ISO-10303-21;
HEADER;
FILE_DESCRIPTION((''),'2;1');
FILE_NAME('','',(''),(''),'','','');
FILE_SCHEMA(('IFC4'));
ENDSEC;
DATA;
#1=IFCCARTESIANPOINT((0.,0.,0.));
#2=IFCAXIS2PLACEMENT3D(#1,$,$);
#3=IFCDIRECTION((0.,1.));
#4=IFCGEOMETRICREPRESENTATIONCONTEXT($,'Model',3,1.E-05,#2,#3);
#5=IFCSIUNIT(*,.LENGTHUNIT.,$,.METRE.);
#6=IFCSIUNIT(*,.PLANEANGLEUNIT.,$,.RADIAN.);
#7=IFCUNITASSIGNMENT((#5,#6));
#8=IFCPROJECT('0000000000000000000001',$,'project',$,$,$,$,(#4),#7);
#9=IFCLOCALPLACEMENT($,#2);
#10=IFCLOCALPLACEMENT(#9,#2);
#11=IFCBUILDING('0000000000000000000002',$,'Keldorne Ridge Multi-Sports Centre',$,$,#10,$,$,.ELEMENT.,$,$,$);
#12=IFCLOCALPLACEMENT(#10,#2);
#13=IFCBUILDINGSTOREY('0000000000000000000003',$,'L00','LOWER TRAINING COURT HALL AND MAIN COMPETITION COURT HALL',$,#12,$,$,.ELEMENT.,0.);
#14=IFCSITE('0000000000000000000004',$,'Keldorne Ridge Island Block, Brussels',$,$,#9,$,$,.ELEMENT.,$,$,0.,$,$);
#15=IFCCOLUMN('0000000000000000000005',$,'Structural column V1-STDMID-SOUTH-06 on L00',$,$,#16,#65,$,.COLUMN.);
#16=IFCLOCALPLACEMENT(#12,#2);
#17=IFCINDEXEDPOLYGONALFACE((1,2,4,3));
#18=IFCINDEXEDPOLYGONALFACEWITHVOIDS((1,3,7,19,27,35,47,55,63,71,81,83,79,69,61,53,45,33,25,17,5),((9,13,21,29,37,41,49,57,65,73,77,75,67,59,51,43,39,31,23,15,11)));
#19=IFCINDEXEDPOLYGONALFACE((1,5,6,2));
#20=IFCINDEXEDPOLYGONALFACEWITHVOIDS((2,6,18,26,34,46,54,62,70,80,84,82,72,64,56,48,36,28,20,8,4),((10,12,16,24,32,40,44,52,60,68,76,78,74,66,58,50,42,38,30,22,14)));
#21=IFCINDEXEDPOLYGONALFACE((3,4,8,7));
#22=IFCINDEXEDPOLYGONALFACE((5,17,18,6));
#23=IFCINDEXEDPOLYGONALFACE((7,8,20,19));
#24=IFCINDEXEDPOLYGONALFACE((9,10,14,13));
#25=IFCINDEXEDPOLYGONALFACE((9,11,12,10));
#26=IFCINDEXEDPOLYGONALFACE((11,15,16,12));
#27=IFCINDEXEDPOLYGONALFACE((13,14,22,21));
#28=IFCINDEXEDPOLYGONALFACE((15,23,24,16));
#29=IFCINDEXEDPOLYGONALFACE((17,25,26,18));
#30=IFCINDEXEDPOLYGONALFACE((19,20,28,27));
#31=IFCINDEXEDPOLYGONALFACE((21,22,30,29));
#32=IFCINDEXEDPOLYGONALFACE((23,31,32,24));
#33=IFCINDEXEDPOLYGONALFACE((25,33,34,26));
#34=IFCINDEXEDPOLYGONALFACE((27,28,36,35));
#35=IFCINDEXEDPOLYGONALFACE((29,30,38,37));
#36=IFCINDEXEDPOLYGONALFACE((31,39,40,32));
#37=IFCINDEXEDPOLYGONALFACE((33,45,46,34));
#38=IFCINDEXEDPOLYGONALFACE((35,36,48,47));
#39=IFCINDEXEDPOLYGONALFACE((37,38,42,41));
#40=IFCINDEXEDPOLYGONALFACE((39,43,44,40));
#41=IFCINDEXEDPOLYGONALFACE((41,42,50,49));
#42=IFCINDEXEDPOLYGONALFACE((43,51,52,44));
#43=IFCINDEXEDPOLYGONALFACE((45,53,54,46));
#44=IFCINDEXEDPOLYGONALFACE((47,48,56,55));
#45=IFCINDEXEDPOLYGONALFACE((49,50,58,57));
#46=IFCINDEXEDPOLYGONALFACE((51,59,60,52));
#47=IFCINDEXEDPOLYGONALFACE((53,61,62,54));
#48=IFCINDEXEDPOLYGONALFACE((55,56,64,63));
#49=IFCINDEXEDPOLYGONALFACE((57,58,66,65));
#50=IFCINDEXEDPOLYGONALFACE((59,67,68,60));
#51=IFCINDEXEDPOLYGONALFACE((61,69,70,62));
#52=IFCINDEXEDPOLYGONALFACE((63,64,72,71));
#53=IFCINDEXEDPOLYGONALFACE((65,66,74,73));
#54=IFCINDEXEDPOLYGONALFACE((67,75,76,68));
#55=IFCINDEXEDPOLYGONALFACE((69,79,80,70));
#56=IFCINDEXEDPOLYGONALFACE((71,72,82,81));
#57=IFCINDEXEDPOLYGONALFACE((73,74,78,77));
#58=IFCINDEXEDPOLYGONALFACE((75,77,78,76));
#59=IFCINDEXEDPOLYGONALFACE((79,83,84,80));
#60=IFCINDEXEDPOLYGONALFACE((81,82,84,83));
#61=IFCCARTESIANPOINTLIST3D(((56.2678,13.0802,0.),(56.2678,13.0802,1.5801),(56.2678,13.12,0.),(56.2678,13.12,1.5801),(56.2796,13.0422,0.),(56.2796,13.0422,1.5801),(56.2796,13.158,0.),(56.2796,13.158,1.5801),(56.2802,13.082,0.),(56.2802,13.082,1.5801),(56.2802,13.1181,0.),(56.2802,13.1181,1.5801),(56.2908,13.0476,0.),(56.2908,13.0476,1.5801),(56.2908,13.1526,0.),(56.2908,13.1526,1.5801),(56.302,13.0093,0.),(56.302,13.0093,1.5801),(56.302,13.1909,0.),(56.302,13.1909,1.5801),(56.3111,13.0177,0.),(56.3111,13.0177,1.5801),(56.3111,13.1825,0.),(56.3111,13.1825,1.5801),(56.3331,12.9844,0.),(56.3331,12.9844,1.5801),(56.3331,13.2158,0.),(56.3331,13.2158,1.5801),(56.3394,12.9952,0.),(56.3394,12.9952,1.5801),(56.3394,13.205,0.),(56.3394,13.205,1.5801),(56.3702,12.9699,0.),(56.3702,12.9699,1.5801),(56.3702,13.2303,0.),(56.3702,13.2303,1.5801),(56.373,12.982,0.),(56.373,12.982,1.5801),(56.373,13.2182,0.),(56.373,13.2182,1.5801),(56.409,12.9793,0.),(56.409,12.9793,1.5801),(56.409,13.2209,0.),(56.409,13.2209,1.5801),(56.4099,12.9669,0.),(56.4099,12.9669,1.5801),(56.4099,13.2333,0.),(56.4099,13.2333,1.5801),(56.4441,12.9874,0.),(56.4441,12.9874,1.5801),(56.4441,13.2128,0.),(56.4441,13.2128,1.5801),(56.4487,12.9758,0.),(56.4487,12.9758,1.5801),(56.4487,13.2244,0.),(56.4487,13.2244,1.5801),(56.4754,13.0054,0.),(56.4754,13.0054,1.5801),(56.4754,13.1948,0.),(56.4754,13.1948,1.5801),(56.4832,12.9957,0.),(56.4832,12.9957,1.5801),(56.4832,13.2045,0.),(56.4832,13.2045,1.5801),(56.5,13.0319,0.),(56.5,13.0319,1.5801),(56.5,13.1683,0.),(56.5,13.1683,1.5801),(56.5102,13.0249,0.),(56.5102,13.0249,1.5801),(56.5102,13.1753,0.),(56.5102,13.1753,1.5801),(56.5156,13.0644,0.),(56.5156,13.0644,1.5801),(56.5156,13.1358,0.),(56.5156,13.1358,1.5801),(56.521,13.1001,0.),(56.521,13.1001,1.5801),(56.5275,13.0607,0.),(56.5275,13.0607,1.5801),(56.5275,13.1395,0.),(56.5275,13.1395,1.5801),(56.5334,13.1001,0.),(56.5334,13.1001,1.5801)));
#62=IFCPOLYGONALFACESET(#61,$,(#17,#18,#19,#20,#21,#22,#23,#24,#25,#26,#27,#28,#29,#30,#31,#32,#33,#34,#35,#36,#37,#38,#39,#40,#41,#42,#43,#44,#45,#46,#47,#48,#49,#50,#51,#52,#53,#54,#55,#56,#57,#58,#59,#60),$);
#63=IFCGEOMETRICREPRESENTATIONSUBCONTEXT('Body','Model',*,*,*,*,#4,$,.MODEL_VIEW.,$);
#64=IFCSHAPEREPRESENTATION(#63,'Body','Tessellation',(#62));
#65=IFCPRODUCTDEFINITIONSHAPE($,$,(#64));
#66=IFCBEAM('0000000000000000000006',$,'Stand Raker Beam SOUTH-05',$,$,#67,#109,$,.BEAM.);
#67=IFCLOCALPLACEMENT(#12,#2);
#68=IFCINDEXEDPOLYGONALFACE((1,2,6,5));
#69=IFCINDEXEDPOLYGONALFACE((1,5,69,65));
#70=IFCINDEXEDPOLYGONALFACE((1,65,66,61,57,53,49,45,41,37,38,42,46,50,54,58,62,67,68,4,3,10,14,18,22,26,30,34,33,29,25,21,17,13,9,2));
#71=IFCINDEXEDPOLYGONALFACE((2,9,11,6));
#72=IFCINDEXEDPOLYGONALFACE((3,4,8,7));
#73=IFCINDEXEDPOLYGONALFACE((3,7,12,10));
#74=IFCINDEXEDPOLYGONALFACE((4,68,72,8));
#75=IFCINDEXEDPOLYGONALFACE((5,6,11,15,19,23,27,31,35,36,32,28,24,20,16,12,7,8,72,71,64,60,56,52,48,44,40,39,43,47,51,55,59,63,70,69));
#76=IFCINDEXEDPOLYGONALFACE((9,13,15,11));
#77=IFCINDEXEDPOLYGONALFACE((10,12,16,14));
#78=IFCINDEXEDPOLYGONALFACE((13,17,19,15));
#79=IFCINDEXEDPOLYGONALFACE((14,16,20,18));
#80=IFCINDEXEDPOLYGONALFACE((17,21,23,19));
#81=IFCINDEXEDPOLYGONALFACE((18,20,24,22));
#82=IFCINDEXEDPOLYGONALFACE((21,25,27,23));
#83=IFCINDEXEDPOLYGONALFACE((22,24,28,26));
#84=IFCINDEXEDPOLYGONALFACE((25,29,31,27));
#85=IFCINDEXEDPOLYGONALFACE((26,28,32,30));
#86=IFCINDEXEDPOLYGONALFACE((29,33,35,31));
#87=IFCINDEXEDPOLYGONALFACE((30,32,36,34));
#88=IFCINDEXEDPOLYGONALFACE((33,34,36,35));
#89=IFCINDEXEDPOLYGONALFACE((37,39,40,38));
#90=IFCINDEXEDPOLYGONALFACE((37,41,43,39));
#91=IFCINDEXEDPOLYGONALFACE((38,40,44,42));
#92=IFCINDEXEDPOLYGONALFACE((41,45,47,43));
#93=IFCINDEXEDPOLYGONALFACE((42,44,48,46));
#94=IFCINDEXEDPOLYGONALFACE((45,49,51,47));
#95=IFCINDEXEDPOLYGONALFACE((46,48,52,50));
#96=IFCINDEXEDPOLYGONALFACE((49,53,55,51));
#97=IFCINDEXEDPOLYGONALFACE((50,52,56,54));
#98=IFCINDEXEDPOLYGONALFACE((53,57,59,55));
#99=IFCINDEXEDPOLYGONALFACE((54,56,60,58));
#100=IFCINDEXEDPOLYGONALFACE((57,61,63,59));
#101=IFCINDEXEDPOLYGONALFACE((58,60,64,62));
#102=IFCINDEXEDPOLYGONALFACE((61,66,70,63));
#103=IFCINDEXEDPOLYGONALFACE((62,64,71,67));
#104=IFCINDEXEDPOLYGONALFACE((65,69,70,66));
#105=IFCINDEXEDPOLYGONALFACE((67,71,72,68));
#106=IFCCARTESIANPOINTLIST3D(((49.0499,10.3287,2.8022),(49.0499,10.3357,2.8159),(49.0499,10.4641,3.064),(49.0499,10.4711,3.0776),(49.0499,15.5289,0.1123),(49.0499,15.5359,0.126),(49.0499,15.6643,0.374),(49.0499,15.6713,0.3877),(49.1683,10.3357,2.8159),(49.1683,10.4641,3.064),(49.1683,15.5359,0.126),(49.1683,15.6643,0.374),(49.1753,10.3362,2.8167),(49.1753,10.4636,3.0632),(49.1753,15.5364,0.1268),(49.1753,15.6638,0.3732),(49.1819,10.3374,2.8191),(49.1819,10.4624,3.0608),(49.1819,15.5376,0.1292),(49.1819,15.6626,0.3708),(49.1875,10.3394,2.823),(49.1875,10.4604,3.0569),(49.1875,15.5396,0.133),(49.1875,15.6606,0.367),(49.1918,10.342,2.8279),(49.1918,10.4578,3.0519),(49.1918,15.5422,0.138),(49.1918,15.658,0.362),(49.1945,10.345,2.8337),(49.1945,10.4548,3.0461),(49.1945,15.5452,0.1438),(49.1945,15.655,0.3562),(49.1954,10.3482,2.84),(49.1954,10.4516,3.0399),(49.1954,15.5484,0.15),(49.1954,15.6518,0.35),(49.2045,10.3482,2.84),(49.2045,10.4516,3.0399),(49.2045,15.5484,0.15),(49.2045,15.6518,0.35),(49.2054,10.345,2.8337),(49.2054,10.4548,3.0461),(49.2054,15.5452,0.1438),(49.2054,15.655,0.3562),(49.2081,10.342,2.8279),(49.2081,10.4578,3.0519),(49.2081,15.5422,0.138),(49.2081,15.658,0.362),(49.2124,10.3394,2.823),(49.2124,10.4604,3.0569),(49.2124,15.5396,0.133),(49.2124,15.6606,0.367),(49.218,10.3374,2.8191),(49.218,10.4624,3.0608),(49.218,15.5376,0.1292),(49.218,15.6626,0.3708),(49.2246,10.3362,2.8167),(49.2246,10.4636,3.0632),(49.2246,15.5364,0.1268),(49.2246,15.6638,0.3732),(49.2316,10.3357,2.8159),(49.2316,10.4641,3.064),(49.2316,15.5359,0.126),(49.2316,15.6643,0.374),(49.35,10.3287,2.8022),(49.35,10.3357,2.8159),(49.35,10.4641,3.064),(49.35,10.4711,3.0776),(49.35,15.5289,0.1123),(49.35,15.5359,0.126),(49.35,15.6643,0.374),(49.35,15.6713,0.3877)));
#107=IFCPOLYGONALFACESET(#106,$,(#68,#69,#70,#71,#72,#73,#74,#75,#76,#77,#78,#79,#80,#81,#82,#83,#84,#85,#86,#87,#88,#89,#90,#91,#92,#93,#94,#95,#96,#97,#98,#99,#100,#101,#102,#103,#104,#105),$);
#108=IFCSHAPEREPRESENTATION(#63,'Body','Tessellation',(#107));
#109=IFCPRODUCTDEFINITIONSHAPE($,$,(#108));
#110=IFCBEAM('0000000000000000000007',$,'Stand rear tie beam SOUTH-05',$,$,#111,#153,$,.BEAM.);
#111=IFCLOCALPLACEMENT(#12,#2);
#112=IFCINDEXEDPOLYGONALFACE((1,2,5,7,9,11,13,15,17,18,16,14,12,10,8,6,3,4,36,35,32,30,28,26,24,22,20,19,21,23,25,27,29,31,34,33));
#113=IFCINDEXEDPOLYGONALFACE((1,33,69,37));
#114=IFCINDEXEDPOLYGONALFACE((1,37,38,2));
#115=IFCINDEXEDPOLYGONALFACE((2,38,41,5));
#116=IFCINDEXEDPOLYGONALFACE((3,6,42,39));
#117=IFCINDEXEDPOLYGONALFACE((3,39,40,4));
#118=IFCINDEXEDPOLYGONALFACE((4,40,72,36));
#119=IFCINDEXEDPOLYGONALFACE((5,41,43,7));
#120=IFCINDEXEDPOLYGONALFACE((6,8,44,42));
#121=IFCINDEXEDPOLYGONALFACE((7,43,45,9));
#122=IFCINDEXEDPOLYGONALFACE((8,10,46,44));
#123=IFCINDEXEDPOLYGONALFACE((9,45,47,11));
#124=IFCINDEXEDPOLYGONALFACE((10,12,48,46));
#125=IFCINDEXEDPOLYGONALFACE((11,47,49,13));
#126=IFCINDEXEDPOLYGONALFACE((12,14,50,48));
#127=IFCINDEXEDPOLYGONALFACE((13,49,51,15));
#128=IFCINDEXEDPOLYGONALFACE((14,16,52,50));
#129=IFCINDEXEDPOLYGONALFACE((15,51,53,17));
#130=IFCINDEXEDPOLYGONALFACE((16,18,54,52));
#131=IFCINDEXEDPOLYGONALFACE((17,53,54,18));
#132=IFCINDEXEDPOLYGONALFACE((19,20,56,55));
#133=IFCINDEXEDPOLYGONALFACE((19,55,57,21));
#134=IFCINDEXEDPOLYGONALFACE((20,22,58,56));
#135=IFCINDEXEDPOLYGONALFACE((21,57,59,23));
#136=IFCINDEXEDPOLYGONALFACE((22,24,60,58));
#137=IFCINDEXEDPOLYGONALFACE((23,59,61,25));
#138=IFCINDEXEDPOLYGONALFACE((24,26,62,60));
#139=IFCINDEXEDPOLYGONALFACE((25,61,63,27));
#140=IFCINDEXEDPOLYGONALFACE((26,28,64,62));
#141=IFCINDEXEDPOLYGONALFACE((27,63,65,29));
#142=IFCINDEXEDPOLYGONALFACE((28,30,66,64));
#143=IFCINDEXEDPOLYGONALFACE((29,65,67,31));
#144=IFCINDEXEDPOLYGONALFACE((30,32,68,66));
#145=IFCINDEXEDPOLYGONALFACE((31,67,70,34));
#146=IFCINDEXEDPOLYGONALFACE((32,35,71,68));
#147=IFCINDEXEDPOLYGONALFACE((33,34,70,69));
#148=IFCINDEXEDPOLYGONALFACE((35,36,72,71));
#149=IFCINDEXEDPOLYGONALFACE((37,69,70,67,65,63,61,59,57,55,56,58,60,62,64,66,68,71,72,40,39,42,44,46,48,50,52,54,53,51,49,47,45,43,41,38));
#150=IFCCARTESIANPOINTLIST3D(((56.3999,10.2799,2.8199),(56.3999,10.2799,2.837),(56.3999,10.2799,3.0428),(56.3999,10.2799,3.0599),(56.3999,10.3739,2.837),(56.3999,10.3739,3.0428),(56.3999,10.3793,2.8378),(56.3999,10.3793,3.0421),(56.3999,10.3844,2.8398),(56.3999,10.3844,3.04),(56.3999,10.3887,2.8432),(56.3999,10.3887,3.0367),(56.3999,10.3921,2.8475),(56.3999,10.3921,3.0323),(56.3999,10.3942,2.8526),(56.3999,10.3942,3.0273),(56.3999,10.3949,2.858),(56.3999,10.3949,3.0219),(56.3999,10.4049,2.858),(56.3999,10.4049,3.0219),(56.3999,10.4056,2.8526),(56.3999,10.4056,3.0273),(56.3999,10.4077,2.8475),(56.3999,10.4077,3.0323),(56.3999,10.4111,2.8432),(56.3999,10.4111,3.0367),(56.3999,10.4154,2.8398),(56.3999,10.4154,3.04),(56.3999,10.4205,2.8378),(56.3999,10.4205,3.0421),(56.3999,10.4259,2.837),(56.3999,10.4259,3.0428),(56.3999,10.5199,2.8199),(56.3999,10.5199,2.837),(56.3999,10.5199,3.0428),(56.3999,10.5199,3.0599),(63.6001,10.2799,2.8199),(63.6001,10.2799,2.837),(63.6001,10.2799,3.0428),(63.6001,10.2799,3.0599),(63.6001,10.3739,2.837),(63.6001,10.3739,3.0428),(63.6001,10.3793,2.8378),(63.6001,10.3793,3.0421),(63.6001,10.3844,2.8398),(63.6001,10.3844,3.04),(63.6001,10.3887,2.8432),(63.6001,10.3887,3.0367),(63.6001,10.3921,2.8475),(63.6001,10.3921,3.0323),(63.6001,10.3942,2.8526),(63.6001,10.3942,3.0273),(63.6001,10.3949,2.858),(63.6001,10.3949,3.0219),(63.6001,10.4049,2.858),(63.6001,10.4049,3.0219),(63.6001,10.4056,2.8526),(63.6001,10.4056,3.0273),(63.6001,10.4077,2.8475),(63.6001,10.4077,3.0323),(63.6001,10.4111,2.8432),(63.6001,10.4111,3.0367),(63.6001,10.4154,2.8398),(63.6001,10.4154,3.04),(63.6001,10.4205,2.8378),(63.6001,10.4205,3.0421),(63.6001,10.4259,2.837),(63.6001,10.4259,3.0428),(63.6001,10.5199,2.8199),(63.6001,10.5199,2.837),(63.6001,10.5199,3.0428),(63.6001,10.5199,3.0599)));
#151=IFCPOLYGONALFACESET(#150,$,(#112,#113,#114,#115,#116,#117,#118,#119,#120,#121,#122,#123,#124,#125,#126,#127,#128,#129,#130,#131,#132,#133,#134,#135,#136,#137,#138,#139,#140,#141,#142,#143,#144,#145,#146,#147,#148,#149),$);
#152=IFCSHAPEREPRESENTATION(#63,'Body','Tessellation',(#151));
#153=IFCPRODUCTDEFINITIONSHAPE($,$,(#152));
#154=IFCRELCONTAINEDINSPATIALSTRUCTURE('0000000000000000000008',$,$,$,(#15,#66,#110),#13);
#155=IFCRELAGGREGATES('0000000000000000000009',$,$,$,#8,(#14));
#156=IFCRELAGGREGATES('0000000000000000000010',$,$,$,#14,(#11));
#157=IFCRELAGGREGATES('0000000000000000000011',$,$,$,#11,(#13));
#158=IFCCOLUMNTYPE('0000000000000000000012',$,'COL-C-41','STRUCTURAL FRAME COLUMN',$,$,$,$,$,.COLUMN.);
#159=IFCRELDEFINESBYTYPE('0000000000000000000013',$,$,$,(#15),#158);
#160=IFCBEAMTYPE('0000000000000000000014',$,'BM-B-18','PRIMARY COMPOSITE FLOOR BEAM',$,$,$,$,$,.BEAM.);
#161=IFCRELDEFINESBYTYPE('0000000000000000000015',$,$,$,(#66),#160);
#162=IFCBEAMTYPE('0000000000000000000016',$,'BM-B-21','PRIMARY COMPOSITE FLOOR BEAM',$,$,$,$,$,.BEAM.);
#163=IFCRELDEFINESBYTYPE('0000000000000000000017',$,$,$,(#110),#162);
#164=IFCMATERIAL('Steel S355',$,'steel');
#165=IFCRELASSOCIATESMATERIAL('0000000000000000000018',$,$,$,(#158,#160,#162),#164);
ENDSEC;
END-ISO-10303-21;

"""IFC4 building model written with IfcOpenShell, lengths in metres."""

from ifc_helpers import new_model, si_unit, direction, frame, origin, origin_2d, place, context, subcontext, project, spatial, hollow_circle, i_section, extrude, material, material_profile, profile_set, type_object, element, save


model = new_model("IFC4")

# Units and contexts
model_context = context("Model", 3, precision=1e-05, world=origin(), true_north=direction((0.0, 1.0)))
body_context = subcontext(model_context, "Body", "Model", "MODEL_VIEW")
ifc_project = project(units=[si_unit("LENGTHUNIT", "METRE"), si_unit("PLANEANGLEUNIT", "RADIAN")], contexts=[model_context])

# Site, building, storey
site_placement = place(None, origin())
site = spatial("IfcSite", under=ifc_project, at=site_placement, Name="Keldorne Ridge Island Block, Brussels", CompositionType="ELEMENT", RefElevation=0.0)
building_placement = place(site_placement, origin())
building = spatial("IfcBuilding", under=site, at=building_placement, Name="Keldorne Ridge Multi-Sports Centre", CompositionType="ELEMENT")
storey_placement = place(building_placement, origin())
storey = spatial("IfcBuildingStorey", under=building, at=storey_placement, Name="L00", Description="LOWER TRAINING COURT HALL AND MAIN COMPETITION COURT HALL", CompositionType="ELEMENT", Elevation=0.0)

# Column
ifc_material_1 = material(Name="Steel S355", Category="steel")
ifc_material_profile_1 = material_profile(ifc_material_1, hollow_circle(Radius=0.1335, WallThickness=0.0125, at=origin_2d()), Name="CHS 267x12.5")
ifc_profile_set_1 = profile_set([ifc_material_profile_1], Name="Steel S355")
column_type_1 = type_object("IfcColumnType", Name="COL-C-41", Description="STRUCTURAL FRAME COLUMN", PredefinedType="COLUMN", material=ifc_profile_set_1)
column_1_placement = place(storey_placement, frame((56.3999, 13.1001, 0.0), z_axis=(0.0, 0.0, 1.0), x_axis=(1.0, 0.0, 0.0)))
element("IfcColumn", 1, at=column_1_placement, inside=storey, type_object=column_type_1, Name="Structural column V1-STDMID-SOUTH-06 on L00", PredefinedType="COLUMN", context=body_context, shape_type="SweptSolid", body=[
    extrude(hollow_circle(Radius=0.1335, WallThickness=0.0125, at=origin_2d()), origin(), (0.0, 0.0, 1.0), 1.5801),
])

# Beams
ifc_material_profile_2 = material_profile(ifc_material_1, i_section(OverallWidth=0.3, OverallDepth=0.3101, WebThickness=0.009, FlangeThickness=0.0154, FilletRadius=0.0271, at=origin_2d()), Name="HEA 320")
ifc_profile_set_2 = profile_set([ifc_material_profile_2], Name="Steel S355")
beam_type_1 = type_object("IfcBeamType", Name="BM-B-18", Description="PRIMARY COMPOSITE FLOOR BEAM", PredefinedType="BEAM", material=ifc_profile_set_2)
beam_1_placement = place(storey_placement, frame((49.2, 15.6001, 0.25), z_axis=(0.0, -0.888205, 0.459448), x_axis=(1.0, 0.0, 0.0)))
element("IfcBeam", 2, at=beam_1_placement, inside=storey, type_object=beam_type_1, Name="Stand Raker Beam SOUTH-05", PredefinedType="BEAM", context=body_context, shape_type="SweptSolid", body=[
    extrude(i_section(OverallWidth=0.3, OverallDepth=0.3101, WebThickness=0.009, FlangeThickness=0.0154, FilletRadius=0.0271, at=origin_2d()), origin(), (0.0, 0.0, 1.0), 5.8547),
])
ifc_material_profile_3 = material_profile(ifc_material_1, i_section(OverallWidth=0.24, OverallDepth=0.24, WebThickness=0.01, FlangeThickness=0.0171, FilletRadius=0.021, at=origin_2d()), Name="HEB 240")
ifc_profile_set_3 = profile_set([ifc_material_profile_3], Name="Steel S355")
beam_type_2 = type_object("IfcBeamType", Name="BM-B-21", Description="PRIMARY COMPOSITE FLOOR BEAM", PredefinedType="BEAM", material=ifc_profile_set_3)
beam_2_placement = place(storey_placement, frame((56.3999, 10.3999, 2.9399), z_axis=(1.0, 0.0, 0.0), x_axis=(0.0, 1.0, 0.0)))
element("IfcBeam", 3, at=beam_2_placement, inside=storey, type_object=beam_type_2, Name="Stand rear tie beam SOUTH-05", PredefinedType="BEAM", context=body_context, shape_type="SweptSolid", body=[
    extrude(i_section(OverallWidth=0.24, OverallDepth=0.24, WebThickness=0.01, FlangeThickness=0.0171, FilletRadius=0.021, at=origin_2d()), origin(), (0.0, 0.0, 1.0), 7.2002),
])

save(model, "model.ifc")
